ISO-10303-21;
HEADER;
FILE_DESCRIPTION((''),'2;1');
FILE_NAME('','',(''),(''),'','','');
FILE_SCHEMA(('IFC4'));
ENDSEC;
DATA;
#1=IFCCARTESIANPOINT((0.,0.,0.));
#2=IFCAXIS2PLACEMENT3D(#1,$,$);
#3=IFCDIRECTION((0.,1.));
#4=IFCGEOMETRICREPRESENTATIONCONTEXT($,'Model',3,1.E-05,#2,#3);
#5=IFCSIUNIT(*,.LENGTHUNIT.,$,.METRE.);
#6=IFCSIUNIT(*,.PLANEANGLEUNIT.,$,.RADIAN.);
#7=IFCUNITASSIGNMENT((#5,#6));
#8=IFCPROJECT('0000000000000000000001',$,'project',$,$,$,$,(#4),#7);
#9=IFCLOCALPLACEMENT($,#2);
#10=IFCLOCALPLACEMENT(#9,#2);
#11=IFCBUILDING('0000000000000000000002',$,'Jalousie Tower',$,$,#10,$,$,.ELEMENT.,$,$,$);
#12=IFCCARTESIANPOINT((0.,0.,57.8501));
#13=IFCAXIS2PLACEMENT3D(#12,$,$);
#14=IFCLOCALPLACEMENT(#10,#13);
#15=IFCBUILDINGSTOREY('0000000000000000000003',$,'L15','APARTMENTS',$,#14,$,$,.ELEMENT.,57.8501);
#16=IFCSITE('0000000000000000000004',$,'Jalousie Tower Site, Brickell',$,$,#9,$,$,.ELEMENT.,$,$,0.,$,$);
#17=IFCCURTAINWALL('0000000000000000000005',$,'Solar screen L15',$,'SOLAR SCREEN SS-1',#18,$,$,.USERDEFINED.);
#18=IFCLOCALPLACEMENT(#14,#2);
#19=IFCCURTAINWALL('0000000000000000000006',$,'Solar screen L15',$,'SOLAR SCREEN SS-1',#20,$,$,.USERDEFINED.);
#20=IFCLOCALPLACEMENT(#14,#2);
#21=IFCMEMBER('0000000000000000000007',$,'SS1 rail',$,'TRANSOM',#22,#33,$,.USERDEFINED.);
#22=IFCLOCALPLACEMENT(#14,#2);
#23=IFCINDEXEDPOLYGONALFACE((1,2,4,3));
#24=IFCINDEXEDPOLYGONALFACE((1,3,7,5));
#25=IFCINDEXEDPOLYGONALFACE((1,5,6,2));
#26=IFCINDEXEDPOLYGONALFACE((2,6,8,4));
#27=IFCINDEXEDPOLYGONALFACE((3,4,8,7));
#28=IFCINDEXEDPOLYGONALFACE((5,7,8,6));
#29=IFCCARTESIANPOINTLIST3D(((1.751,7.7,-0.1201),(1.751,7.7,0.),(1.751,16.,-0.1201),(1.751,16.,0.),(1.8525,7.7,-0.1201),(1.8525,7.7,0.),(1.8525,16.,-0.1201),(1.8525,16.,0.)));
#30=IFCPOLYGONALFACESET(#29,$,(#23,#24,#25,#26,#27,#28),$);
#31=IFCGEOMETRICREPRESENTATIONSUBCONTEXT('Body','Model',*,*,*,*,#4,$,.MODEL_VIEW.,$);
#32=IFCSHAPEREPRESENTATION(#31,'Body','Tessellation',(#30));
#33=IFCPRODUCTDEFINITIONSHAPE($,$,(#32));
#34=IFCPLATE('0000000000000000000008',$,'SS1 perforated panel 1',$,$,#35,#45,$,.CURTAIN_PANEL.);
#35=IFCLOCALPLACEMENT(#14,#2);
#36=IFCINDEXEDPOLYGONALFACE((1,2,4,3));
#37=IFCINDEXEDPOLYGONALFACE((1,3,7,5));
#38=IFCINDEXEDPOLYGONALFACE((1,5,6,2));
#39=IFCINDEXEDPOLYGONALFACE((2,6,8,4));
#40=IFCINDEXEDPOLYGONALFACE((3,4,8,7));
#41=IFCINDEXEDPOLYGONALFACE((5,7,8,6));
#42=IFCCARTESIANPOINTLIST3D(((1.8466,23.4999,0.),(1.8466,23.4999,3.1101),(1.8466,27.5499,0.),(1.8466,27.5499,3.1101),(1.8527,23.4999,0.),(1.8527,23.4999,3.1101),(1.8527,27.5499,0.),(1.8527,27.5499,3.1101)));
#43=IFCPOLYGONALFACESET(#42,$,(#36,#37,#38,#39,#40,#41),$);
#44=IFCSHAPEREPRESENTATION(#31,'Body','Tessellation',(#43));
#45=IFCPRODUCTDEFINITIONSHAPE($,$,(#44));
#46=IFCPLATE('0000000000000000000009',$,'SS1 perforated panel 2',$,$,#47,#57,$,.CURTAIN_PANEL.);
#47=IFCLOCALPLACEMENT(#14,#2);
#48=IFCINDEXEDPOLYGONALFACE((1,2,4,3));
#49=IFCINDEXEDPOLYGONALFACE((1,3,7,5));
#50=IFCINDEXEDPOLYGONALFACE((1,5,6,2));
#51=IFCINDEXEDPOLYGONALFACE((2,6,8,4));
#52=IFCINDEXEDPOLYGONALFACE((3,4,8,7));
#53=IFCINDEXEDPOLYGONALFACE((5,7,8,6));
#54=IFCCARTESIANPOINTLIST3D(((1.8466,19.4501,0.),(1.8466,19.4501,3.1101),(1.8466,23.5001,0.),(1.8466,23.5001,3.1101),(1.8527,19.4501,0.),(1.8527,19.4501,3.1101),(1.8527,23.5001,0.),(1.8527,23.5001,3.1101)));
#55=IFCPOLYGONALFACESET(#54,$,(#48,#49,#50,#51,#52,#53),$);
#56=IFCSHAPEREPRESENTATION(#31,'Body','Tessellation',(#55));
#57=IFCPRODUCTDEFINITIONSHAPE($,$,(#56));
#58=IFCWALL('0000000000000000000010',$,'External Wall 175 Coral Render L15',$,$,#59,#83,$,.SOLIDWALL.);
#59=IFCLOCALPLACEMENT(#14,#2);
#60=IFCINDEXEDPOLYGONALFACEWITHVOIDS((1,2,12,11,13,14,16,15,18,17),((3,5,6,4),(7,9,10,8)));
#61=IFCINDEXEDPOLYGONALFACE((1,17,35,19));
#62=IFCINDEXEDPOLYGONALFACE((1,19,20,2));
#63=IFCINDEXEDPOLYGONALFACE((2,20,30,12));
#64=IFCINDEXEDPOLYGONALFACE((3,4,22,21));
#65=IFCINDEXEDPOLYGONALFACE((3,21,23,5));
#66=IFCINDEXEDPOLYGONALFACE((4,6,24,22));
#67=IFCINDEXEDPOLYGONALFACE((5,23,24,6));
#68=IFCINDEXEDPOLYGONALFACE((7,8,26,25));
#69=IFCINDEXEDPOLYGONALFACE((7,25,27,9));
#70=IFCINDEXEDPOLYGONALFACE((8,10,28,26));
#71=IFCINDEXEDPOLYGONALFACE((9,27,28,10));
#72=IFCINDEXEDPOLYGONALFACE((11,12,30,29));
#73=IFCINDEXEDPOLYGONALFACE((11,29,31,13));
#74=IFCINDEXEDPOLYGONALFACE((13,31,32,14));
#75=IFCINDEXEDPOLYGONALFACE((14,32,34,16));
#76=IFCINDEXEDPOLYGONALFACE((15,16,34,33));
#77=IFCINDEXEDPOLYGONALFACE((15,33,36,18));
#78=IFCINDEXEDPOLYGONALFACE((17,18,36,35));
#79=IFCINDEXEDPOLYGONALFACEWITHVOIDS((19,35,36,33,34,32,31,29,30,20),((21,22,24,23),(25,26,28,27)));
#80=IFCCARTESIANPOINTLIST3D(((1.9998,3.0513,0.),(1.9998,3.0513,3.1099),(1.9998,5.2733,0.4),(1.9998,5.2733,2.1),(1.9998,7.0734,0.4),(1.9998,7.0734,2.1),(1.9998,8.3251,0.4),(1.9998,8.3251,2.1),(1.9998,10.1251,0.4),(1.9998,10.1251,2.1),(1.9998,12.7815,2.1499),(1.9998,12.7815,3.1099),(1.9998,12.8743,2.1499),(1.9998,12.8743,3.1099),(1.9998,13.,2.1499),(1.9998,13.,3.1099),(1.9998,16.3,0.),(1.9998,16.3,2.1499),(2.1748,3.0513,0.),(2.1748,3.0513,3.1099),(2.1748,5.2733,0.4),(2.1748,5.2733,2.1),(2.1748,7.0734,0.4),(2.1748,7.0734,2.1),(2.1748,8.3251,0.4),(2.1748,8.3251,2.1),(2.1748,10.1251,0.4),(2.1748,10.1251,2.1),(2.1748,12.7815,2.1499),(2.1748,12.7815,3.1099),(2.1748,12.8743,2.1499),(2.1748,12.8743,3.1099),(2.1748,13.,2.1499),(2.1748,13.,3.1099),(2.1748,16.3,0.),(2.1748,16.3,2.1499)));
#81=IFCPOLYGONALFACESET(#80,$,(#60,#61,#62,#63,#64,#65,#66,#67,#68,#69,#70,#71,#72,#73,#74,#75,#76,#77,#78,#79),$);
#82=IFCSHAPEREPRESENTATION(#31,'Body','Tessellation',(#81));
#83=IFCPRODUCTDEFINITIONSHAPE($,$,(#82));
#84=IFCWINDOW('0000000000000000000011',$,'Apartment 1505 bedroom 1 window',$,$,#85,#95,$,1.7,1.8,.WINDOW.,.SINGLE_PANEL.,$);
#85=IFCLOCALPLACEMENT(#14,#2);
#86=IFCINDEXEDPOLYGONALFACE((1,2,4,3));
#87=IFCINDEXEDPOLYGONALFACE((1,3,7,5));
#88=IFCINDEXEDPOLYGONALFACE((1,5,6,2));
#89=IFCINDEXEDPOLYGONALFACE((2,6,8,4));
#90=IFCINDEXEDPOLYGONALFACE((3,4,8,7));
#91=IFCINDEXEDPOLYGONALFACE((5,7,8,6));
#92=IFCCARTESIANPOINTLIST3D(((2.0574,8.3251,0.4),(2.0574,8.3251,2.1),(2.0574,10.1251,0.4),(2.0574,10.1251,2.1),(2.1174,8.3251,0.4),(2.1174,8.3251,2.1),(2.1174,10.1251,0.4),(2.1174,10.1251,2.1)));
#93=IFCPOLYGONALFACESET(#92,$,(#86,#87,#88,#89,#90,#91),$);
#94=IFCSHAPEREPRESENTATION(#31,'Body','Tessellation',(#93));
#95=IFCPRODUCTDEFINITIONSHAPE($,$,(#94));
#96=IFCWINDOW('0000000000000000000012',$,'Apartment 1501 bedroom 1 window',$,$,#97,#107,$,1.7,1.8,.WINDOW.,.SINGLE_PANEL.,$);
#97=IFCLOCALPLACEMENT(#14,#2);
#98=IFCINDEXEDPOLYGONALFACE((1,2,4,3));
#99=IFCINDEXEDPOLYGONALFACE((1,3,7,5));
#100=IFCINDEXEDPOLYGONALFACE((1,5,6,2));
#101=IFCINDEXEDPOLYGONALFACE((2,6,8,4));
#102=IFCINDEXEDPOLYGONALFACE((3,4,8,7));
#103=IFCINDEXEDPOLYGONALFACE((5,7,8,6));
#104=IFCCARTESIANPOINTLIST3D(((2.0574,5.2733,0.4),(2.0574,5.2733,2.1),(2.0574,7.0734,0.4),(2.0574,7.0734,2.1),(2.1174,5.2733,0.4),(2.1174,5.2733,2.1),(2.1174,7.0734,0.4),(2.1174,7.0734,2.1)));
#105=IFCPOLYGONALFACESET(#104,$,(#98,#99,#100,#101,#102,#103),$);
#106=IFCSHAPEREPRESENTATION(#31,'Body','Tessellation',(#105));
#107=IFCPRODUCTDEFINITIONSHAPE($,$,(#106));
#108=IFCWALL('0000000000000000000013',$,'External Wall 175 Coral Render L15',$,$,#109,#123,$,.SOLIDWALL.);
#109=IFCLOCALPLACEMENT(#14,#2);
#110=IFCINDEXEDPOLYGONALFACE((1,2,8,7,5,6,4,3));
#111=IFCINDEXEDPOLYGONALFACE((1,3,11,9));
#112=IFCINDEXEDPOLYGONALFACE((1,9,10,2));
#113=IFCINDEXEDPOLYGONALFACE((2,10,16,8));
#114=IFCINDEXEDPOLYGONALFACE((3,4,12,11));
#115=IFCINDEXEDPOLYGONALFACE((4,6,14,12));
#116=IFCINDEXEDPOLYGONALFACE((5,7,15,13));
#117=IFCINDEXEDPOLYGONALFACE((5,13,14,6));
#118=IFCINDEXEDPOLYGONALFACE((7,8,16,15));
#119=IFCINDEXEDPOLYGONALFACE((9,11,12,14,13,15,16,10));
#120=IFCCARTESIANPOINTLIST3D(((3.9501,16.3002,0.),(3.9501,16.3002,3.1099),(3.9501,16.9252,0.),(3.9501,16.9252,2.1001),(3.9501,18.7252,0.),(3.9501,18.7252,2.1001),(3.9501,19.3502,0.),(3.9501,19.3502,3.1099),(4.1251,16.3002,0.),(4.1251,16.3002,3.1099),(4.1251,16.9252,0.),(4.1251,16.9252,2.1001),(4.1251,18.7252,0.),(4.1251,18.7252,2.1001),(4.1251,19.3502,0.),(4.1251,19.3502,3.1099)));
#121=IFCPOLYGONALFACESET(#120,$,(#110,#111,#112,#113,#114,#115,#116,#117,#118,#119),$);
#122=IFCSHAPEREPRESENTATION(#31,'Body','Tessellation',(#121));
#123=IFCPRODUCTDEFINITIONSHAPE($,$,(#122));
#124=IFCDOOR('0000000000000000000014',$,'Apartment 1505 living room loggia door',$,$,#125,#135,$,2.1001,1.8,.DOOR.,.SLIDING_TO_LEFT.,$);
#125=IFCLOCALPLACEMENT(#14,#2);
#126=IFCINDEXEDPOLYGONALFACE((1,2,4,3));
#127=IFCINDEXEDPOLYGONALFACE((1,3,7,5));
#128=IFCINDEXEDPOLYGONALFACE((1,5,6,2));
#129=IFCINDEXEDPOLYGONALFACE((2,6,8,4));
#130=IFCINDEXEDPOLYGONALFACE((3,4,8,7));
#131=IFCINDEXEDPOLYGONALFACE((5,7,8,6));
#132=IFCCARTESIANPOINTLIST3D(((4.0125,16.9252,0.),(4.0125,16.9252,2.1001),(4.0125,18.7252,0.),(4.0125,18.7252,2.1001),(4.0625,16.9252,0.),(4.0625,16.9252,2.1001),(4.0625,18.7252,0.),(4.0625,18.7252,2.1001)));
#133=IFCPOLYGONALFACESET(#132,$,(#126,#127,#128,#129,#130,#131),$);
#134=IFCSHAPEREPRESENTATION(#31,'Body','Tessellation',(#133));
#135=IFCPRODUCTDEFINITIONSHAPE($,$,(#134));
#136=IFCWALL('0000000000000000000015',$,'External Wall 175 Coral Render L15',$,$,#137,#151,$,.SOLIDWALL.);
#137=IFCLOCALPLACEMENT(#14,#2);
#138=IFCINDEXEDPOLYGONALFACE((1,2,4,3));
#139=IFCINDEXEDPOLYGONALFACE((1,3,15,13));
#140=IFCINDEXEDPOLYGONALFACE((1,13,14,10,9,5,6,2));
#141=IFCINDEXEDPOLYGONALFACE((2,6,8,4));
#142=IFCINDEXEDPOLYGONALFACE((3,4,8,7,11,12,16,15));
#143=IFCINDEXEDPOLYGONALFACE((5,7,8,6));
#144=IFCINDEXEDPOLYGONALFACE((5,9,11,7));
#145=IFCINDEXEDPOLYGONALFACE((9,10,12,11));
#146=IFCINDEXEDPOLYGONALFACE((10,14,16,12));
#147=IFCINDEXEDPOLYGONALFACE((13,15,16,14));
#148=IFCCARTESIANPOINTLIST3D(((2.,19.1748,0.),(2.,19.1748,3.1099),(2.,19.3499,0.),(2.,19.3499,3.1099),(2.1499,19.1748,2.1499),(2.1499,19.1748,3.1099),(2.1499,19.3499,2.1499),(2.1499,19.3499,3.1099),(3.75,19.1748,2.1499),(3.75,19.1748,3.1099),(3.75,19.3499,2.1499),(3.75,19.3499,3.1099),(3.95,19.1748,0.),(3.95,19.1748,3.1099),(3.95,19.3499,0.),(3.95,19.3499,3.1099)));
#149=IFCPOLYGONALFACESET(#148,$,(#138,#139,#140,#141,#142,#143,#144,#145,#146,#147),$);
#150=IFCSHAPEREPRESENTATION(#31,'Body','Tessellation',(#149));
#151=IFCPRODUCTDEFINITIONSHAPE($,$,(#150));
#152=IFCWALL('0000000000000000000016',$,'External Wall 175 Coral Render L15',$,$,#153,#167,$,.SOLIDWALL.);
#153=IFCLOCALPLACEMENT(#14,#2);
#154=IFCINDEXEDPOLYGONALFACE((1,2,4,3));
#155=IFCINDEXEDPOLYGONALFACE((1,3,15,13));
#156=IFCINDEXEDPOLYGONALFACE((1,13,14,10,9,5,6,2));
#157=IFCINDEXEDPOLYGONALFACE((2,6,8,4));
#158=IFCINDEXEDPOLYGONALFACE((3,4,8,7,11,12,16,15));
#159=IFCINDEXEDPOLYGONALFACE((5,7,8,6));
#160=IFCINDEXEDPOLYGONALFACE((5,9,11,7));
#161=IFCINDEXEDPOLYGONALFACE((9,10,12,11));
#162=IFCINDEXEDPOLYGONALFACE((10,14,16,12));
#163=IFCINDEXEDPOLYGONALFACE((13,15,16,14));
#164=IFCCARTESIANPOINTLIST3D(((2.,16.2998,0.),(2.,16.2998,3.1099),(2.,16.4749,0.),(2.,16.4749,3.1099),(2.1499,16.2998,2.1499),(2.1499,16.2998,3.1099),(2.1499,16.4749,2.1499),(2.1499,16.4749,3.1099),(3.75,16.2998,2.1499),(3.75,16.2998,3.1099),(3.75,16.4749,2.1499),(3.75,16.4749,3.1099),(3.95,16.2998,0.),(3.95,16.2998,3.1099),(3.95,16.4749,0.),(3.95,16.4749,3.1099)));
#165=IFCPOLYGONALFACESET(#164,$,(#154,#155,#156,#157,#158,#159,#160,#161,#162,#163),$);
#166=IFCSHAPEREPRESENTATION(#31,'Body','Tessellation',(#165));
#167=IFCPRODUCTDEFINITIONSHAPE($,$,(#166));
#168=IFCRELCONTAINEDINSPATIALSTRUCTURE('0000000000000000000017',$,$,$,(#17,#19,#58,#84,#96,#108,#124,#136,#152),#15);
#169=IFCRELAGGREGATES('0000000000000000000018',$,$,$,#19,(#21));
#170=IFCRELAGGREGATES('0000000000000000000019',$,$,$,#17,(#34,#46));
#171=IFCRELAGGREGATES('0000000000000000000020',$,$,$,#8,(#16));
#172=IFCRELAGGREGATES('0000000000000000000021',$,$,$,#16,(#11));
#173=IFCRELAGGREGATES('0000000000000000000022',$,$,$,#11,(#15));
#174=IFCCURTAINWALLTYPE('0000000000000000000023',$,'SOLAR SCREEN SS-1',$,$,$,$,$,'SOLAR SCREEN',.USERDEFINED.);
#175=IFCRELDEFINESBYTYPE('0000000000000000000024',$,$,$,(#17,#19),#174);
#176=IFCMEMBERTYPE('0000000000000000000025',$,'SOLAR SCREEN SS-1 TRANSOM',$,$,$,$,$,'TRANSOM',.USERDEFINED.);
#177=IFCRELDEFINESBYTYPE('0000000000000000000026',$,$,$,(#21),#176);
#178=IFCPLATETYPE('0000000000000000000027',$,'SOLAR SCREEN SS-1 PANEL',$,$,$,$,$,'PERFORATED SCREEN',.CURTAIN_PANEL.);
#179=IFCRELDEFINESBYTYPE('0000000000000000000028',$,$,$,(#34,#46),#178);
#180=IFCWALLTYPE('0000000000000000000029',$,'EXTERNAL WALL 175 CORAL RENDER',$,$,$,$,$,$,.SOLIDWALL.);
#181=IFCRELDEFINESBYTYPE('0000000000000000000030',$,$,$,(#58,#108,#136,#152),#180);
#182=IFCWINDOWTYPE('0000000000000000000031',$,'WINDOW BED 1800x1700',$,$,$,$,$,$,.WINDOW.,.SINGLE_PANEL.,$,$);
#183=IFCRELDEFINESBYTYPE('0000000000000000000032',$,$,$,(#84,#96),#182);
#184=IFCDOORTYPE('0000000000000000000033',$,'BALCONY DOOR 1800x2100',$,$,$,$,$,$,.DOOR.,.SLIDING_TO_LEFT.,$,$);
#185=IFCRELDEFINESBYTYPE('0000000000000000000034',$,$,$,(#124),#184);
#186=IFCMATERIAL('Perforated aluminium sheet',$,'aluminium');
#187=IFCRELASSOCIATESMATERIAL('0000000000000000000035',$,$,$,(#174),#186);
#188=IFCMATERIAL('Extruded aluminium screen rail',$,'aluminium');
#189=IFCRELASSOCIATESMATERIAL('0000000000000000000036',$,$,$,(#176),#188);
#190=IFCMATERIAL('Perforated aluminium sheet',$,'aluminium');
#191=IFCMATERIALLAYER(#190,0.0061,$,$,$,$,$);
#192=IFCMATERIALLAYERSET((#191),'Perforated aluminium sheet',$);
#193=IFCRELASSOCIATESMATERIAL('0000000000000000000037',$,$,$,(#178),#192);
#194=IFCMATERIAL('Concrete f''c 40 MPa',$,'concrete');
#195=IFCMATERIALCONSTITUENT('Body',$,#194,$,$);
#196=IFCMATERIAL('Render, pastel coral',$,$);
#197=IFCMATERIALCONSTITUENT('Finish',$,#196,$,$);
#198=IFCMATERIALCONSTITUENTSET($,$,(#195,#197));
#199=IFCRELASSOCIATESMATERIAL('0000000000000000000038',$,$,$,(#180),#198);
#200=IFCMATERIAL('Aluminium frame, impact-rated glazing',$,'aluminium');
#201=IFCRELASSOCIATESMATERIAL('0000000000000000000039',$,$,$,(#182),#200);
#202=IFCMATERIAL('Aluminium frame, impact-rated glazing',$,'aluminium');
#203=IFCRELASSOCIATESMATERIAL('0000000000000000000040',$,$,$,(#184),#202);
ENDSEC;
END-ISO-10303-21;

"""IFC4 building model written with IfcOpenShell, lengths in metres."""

from ifc_helpers import new_model, si_unit, direction, frame, frame_2d, origin, origin_2d, place, context, subcontext, project, spatial, polyline, rectangle, outline, extrude, material, layer, layer_set, constituent, constituent_set, material_profile, profile_set, type_object, element, fill, aggregate, save


model = new_model("IFC4")

# Units and contexts
model_context = context("Model", 3, precision=1e-05, world=origin(), true_north=direction((0.0, 1.0)))
body_context = subcontext(model_context, "Body", "Model", "MODEL_VIEW")
ifc_project = project(units=[si_unit("LENGTHUNIT", "METRE"), si_unit("PLANEANGLEUNIT", "RADIAN")], contexts=[model_context])

# Site, building, storey
site_placement = place(None, origin())
site = spatial("IfcSite", under=ifc_project, at=site_placement, Name="Jalousie Tower Site, Brickell", CompositionType="ELEMENT", RefElevation=0.0)
building_placement = place(site_placement, origin())
building = spatial("IfcBuilding", under=site, at=building_placement, Name="Jalousie Tower", CompositionType="ELEMENT")
storey_placement = place(building_placement, frame((0.0, 0.0, 57.8501)))
storey = spatial("IfcBuildingStorey", under=building, at=storey_placement, Name="L15", Description="APARTMENTS", CompositionType="ELEMENT", Elevation=57.8501)

# Curtain wall
ifc_material_1 = material(Name="Perforated aluminium sheet", Category="aluminium")
curtain_wall_type = type_object("IfcCurtainWallType", Name="SOLAR SCREEN SS-1", ElementType="SOLAR SCREEN", PredefinedType="USERDEFINED", material=ifc_material_1)
curtain_wall_1_placement = place(storey_placement, origin())
curtain_wall_1 = element("IfcCurtainWall", 1, at=curtain_wall_1_placement, inside=storey, type_object=curtain_wall_type, Name="Solar screen L15", ObjectType="SOLAR SCREEN SS-1", PredefinedType="USERDEFINED")

# Curtain wall
curtain_wall_2_placement = place(storey_placement, origin())
curtain_wall_2 = element("IfcCurtainWall", 2, at=curtain_wall_2_placement, inside=storey, type_object=curtain_wall_type, Name="Solar screen L15", ObjectType="SOLAR SCREEN SS-1", PredefinedType="USERDEFINED")

# Member
ifc_material_2 = material(Name="Extruded aluminium screen rail", Category="aluminium")
ifc_material_profile_1 = material_profile(ifc_material_2, rectangle(XDim=0.1016, YDim=0.1201, at=origin_2d()), Name="RAIL 102x120")
ifc_profile_set_1 = profile_set([ifc_material_profile_1], Name="Extruded aluminium screen rail")
member_type_1 = type_object("IfcMemberType", Name="SOLAR SCREEN SS-1 TRANSOM", ElementType="TRANSOM", PredefinedType="USERDEFINED", material=ifc_profile_set_1)
member_1_placement = place(storey_placement, frame((1.8018, 16.0, -0.0601), z_axis=(0.0, -1.0, 0.0), x_axis=(1.0, 0.0, 0.0)))
member_1 = element("IfcMember", 3, at=member_1_placement, type_object=member_type_1, Name="SS1 rail", ObjectType="TRANSOM", PredefinedType="USERDEFINED", context=body_context, shape_type="SweptSolid", body=[
    extrude(rectangle(XDim=0.1016, YDim=0.1201, at=origin_2d()), origin(), (0.0, 0.0, 1.0), 8.3),
])
aggregate(curtain_wall_2, [member_1])

# Plates
ifc_material_3 = material(Name="Perforated aluminium sheet", Category="aluminium")
ifc_layer_1 = layer(ifc_material_3, 0.0061)
ifc_layer_set_1 = layer_set([ifc_layer_1], Name="Perforated aluminium sheet")
plate_type = type_object("IfcPlateType", Name="SOLAR SCREEN SS-1 PANEL", ElementType="PERFORATED SCREEN", PredefinedType="CURTAIN_PANEL", material=ifc_layer_set_1)
plate_1_placement = place(storey_placement, frame((1.8496, 25.5249, 0.0), z_axis=(0.0, 0.0, 1.0), x_axis=(0.0, -1.0, 0.0)))
plate_1 = element("IfcPlate", 4, at=plate_1_placement, type_object=plate_type, Name="SS1 perforated panel 1", PredefinedType="CURTAIN_PANEL", context=body_context, shape_type="SweptSolid", body=[
    extrude(rectangle(XDim=4.05, YDim=0.0061, at=origin_2d()), origin(), (0.0, 0.0, 1.0), 3.1101),
])
plate_2_placement = place(storey_placement, frame((1.8496, 21.4751, 0.0), z_axis=(0.0, 0.0, 1.0), x_axis=(0.0, -1.0, 0.0)))
plate_2 = element("IfcPlate", 5, at=plate_2_placement, type_object=plate_type, Name="SS1 perforated panel 2", PredefinedType="CURTAIN_PANEL", context=body_context, shape_type="SweptSolid", body=[
    extrude(rectangle(XDim=4.05, YDim=0.0061, at=origin_2d()), origin(), (0.0, 0.0, 1.0), 3.1101),
])
aggregate(curtain_wall_1, [plate_1, plate_2])

# Wall, openings, windows
ifc_material_4 = material(Name="Concrete f'c 40 MPa", Category="concrete")
ifc_constituent_1 = constituent(ifc_material_4, Name="Body")
ifc_material_5 = material(Name="Render, pastel coral")
ifc_constituent_2 = constituent(ifc_material_5, Name="Finish")
ifc_constituent_set_1 = constituent_set(constituents=[ifc_constituent_1, ifc_constituent_2])
wall_type_1 = type_object("IfcWallType", Name="EXTERNAL WALL 175 CORAL RENDER", PredefinedType="SOLIDWALL", material=ifc_constituent_set_1)
wall_1_placement = place(storey_placement, frame((2.0874, 16.3, 0.0), z_axis=(0.0, 0.0, 1.0), x_axis=(0.0, -1.0, 0.0)))
wall_1 = element("IfcWall", 6, at=wall_1_placement, inside=storey, type_object=wall_type_1, Name="External Wall 175 Coral Render L15", PredefinedType="SOLIDWALL", context=body_context, shape_type="SweptSolid", body=[
    extrude(outline(polyline([(0.0, 0.0), (13.2488, 0.0), (13.2488, 3.1099), (3.5186, 3.1099), (3.5186, 2.1499), (3.4258, 2.1499), (3.4258, 3.1099), (3.3, 3.1099), (3.3, 2.1499), (0.0, 2.1499), (0.0, 0.0)])), frame((0.0, 0.0874, 0.0), z_axis=(0.0, -1.0, 0.0), x_axis=(1.0, 0.0, 0.0)), (0.0, 0.0, 1.0), 0.175),
])
opening_1_placement = place(wall_1_placement, frame((6.175, 0.0, 0.3999)))
opening_1 = element("IfcOpeningElement", 7, at=opening_1_placement, cuts=wall_1, PredefinedType="OPENING", context=body_context, shape_type="SweptSolid", body=[
    extrude(rectangle(XDim=1.8, YDim=1.7, at=frame_2d((0.8999, 0.8501))), frame((0.0, 0.0974, 0.0), z_axis=(0.0, -1.0, 0.0), x_axis=(1.0, 0.0, 0.0)), (0.0, 0.0, 1.0), 0.1951),
])
opening_2_placement = place(wall_1_placement, frame((9.2268, 0.0, 0.3999)))
opening_2 = element("IfcOpeningElement", 8, at=opening_2_placement, cuts=wall_1, PredefinedType="OPENING", context=body_context, shape_type="SweptSolid", body=[
    extrude(rectangle(XDim=1.8, YDim=1.7, at=frame_2d((0.8999, 0.8501))), frame((0.0, 0.0974, 0.0), z_axis=(0.0, -1.0, 0.0), x_axis=(1.0, 0.0, 0.0)), (0.0, 0.0, 1.0), 0.1951),
])
ifc_material_6 = material(Name="Aluminium frame, impact-rated glazing", Category="aluminium")
window_type = type_object("IfcWindowType", Name="WINDOW BED 1800x1700", PartitioningType="SINGLE_PANEL", PredefinedType="WINDOW", material=ifc_material_6)
window_1_placement = place(opening_1_placement, origin())
window_1 = element("IfcWindow", 9, at=window_1_placement, inside=storey, type_object=window_type, Name="Apartment 1505 bedroom 1 window", OverallHeight=1.7, OverallWidth=1.8, PartitioningType="SINGLE_PANEL", PredefinedType="WINDOW", context=body_context, shape_type="SweptSolid", body=[
    extrude(rectangle(XDim=1.8, YDim=1.7, at=frame_2d((0.8999, 0.8501))), frame((0.0, 0.03, 0.0), z_axis=(0.0, -1.0, 0.0), x_axis=(1.0, 0.0, 0.0)), (0.0, 0.0, 1.0), 0.0601),
])
fill(opening_1, window_1)
window_2_placement = place(opening_2_placement, origin())
window_2 = element("IfcWindow", 10, at=window_2_placement, inside=storey, type_object=window_type, Name="Apartment 1501 bedroom 1 window", OverallHeight=1.7, OverallWidth=1.8, PartitioningType="SINGLE_PANEL", PredefinedType="WINDOW", context=body_context, shape_type="SweptSolid", body=[
    extrude(rectangle(XDim=1.8, YDim=1.7, at=frame_2d((0.8999, 0.8501))), frame((0.0, 0.03, 0.0), z_axis=(0.0, -1.0, 0.0), x_axis=(1.0, 0.0, 0.0)), (0.0, 0.0, 1.0), 0.0601),
])
fill(opening_2, window_2)

# Wall, opening, door
wall_2_placement = place(storey_placement, frame((4.0376, 19.3501, 0.0), z_axis=(0.0, 0.0, 1.0), x_axis=(0.0, -1.0, 0.0)))
wall_2 = element("IfcWall", 11, at=wall_2_placement, inside=storey, type_object=wall_type_1, Name="External Wall 175 Coral Render L15", PredefinedType="SOLIDWALL", context=body_context, shape_type="SweptSolid", body=[
    extrude(rectangle(XDim=3.05, YDim=0.175, at=frame_2d((1.5249, 0.0))), origin(), (0.0, 0.0, 1.0), 3.1099),
])
opening_3_placement = place(wall_2_placement, frame((0.625, 0.0, 0.0)))
opening_3 = element("IfcOpeningElement", 12, at=opening_3_placement, cuts=wall_2, PredefinedType="OPENING", context=body_context, shape_type="SweptSolid", body=[
    extrude(rectangle(XDim=1.8, YDim=2.1001, at=frame_2d((0.8999, 1.05))), frame((0.0, 0.0974, 0.0), z_axis=(0.0, -1.0, 0.0), x_axis=(1.0, 0.0, 0.0)), (0.0, 0.0, 1.0), 0.1951),
])
ifc_material_7 = material(Name="Aluminium frame, impact-rated glazing", Category="aluminium")
door_type_1 = type_object("IfcDoorType", Name="BALCONY DOOR 1800x2100", OperationType="SLIDING_TO_LEFT", PredefinedType="DOOR", material=ifc_material_7)
door_1_placement = place(opening_3_placement, origin())
door_1 = element("IfcDoor", 13, at=door_1_placement, inside=storey, type_object=door_type_1, Name="Apartment 1505 living room loggia door", OperationType="SLIDING_TO_LEFT", OverallHeight=2.1001, OverallWidth=1.8, PredefinedType="DOOR", context=body_context, shape_type="SweptSolid", body=[
    extrude(rectangle(XDim=1.8, YDim=2.1001, at=frame_2d((0.8999, 1.05))), frame((0.0, 0.0249, 0.0), z_axis=(0.0, -1.0, 0.0), x_axis=(1.0, 0.0, 0.0)), (0.0, 0.0, 1.0), 0.05),
])
fill(opening_3, door_1)

# Walls
for number, where, z_axis, x_axis, name in (
    (14, (2.0, 19.2625, 0.0), (0.0, 0.0, 1.0), (1.0, 0.0, 0.0), "External Wall 175 Coral Render L15"),
    (15, (2.0, 16.3875, 0.0), (0.0, 0.0, 1.0), (1.0, 0.0, 0.0), "External Wall 175 Coral Render L15"),
):
    element("IfcWall", number, at=place(storey_placement, frame(where, z_axis=z_axis, x_axis=x_axis)), inside=storey, type_object=wall_type_1, Name=name, PredefinedType="SOLIDWALL", context=body_context, shape_type="SweptSolid", body=[
        extrude(outline(polyline([(0.0, 0.0), (1.95, 0.0), (1.95, 3.1099), (1.75, 3.1099), (1.75, 2.1499), (0.1499, 2.1499), (0.1499, 3.1099), (0.0, 3.1099), (0.0, 0.0)])), frame((0.0, 0.0874, 0.0), z_axis=(0.0, -1.0, 0.0), x_axis=(1.0, 0.0, 0.0)), (0.0, 0.0, 1.0), 0.175),
    ])

save(model, "model.ifc")
